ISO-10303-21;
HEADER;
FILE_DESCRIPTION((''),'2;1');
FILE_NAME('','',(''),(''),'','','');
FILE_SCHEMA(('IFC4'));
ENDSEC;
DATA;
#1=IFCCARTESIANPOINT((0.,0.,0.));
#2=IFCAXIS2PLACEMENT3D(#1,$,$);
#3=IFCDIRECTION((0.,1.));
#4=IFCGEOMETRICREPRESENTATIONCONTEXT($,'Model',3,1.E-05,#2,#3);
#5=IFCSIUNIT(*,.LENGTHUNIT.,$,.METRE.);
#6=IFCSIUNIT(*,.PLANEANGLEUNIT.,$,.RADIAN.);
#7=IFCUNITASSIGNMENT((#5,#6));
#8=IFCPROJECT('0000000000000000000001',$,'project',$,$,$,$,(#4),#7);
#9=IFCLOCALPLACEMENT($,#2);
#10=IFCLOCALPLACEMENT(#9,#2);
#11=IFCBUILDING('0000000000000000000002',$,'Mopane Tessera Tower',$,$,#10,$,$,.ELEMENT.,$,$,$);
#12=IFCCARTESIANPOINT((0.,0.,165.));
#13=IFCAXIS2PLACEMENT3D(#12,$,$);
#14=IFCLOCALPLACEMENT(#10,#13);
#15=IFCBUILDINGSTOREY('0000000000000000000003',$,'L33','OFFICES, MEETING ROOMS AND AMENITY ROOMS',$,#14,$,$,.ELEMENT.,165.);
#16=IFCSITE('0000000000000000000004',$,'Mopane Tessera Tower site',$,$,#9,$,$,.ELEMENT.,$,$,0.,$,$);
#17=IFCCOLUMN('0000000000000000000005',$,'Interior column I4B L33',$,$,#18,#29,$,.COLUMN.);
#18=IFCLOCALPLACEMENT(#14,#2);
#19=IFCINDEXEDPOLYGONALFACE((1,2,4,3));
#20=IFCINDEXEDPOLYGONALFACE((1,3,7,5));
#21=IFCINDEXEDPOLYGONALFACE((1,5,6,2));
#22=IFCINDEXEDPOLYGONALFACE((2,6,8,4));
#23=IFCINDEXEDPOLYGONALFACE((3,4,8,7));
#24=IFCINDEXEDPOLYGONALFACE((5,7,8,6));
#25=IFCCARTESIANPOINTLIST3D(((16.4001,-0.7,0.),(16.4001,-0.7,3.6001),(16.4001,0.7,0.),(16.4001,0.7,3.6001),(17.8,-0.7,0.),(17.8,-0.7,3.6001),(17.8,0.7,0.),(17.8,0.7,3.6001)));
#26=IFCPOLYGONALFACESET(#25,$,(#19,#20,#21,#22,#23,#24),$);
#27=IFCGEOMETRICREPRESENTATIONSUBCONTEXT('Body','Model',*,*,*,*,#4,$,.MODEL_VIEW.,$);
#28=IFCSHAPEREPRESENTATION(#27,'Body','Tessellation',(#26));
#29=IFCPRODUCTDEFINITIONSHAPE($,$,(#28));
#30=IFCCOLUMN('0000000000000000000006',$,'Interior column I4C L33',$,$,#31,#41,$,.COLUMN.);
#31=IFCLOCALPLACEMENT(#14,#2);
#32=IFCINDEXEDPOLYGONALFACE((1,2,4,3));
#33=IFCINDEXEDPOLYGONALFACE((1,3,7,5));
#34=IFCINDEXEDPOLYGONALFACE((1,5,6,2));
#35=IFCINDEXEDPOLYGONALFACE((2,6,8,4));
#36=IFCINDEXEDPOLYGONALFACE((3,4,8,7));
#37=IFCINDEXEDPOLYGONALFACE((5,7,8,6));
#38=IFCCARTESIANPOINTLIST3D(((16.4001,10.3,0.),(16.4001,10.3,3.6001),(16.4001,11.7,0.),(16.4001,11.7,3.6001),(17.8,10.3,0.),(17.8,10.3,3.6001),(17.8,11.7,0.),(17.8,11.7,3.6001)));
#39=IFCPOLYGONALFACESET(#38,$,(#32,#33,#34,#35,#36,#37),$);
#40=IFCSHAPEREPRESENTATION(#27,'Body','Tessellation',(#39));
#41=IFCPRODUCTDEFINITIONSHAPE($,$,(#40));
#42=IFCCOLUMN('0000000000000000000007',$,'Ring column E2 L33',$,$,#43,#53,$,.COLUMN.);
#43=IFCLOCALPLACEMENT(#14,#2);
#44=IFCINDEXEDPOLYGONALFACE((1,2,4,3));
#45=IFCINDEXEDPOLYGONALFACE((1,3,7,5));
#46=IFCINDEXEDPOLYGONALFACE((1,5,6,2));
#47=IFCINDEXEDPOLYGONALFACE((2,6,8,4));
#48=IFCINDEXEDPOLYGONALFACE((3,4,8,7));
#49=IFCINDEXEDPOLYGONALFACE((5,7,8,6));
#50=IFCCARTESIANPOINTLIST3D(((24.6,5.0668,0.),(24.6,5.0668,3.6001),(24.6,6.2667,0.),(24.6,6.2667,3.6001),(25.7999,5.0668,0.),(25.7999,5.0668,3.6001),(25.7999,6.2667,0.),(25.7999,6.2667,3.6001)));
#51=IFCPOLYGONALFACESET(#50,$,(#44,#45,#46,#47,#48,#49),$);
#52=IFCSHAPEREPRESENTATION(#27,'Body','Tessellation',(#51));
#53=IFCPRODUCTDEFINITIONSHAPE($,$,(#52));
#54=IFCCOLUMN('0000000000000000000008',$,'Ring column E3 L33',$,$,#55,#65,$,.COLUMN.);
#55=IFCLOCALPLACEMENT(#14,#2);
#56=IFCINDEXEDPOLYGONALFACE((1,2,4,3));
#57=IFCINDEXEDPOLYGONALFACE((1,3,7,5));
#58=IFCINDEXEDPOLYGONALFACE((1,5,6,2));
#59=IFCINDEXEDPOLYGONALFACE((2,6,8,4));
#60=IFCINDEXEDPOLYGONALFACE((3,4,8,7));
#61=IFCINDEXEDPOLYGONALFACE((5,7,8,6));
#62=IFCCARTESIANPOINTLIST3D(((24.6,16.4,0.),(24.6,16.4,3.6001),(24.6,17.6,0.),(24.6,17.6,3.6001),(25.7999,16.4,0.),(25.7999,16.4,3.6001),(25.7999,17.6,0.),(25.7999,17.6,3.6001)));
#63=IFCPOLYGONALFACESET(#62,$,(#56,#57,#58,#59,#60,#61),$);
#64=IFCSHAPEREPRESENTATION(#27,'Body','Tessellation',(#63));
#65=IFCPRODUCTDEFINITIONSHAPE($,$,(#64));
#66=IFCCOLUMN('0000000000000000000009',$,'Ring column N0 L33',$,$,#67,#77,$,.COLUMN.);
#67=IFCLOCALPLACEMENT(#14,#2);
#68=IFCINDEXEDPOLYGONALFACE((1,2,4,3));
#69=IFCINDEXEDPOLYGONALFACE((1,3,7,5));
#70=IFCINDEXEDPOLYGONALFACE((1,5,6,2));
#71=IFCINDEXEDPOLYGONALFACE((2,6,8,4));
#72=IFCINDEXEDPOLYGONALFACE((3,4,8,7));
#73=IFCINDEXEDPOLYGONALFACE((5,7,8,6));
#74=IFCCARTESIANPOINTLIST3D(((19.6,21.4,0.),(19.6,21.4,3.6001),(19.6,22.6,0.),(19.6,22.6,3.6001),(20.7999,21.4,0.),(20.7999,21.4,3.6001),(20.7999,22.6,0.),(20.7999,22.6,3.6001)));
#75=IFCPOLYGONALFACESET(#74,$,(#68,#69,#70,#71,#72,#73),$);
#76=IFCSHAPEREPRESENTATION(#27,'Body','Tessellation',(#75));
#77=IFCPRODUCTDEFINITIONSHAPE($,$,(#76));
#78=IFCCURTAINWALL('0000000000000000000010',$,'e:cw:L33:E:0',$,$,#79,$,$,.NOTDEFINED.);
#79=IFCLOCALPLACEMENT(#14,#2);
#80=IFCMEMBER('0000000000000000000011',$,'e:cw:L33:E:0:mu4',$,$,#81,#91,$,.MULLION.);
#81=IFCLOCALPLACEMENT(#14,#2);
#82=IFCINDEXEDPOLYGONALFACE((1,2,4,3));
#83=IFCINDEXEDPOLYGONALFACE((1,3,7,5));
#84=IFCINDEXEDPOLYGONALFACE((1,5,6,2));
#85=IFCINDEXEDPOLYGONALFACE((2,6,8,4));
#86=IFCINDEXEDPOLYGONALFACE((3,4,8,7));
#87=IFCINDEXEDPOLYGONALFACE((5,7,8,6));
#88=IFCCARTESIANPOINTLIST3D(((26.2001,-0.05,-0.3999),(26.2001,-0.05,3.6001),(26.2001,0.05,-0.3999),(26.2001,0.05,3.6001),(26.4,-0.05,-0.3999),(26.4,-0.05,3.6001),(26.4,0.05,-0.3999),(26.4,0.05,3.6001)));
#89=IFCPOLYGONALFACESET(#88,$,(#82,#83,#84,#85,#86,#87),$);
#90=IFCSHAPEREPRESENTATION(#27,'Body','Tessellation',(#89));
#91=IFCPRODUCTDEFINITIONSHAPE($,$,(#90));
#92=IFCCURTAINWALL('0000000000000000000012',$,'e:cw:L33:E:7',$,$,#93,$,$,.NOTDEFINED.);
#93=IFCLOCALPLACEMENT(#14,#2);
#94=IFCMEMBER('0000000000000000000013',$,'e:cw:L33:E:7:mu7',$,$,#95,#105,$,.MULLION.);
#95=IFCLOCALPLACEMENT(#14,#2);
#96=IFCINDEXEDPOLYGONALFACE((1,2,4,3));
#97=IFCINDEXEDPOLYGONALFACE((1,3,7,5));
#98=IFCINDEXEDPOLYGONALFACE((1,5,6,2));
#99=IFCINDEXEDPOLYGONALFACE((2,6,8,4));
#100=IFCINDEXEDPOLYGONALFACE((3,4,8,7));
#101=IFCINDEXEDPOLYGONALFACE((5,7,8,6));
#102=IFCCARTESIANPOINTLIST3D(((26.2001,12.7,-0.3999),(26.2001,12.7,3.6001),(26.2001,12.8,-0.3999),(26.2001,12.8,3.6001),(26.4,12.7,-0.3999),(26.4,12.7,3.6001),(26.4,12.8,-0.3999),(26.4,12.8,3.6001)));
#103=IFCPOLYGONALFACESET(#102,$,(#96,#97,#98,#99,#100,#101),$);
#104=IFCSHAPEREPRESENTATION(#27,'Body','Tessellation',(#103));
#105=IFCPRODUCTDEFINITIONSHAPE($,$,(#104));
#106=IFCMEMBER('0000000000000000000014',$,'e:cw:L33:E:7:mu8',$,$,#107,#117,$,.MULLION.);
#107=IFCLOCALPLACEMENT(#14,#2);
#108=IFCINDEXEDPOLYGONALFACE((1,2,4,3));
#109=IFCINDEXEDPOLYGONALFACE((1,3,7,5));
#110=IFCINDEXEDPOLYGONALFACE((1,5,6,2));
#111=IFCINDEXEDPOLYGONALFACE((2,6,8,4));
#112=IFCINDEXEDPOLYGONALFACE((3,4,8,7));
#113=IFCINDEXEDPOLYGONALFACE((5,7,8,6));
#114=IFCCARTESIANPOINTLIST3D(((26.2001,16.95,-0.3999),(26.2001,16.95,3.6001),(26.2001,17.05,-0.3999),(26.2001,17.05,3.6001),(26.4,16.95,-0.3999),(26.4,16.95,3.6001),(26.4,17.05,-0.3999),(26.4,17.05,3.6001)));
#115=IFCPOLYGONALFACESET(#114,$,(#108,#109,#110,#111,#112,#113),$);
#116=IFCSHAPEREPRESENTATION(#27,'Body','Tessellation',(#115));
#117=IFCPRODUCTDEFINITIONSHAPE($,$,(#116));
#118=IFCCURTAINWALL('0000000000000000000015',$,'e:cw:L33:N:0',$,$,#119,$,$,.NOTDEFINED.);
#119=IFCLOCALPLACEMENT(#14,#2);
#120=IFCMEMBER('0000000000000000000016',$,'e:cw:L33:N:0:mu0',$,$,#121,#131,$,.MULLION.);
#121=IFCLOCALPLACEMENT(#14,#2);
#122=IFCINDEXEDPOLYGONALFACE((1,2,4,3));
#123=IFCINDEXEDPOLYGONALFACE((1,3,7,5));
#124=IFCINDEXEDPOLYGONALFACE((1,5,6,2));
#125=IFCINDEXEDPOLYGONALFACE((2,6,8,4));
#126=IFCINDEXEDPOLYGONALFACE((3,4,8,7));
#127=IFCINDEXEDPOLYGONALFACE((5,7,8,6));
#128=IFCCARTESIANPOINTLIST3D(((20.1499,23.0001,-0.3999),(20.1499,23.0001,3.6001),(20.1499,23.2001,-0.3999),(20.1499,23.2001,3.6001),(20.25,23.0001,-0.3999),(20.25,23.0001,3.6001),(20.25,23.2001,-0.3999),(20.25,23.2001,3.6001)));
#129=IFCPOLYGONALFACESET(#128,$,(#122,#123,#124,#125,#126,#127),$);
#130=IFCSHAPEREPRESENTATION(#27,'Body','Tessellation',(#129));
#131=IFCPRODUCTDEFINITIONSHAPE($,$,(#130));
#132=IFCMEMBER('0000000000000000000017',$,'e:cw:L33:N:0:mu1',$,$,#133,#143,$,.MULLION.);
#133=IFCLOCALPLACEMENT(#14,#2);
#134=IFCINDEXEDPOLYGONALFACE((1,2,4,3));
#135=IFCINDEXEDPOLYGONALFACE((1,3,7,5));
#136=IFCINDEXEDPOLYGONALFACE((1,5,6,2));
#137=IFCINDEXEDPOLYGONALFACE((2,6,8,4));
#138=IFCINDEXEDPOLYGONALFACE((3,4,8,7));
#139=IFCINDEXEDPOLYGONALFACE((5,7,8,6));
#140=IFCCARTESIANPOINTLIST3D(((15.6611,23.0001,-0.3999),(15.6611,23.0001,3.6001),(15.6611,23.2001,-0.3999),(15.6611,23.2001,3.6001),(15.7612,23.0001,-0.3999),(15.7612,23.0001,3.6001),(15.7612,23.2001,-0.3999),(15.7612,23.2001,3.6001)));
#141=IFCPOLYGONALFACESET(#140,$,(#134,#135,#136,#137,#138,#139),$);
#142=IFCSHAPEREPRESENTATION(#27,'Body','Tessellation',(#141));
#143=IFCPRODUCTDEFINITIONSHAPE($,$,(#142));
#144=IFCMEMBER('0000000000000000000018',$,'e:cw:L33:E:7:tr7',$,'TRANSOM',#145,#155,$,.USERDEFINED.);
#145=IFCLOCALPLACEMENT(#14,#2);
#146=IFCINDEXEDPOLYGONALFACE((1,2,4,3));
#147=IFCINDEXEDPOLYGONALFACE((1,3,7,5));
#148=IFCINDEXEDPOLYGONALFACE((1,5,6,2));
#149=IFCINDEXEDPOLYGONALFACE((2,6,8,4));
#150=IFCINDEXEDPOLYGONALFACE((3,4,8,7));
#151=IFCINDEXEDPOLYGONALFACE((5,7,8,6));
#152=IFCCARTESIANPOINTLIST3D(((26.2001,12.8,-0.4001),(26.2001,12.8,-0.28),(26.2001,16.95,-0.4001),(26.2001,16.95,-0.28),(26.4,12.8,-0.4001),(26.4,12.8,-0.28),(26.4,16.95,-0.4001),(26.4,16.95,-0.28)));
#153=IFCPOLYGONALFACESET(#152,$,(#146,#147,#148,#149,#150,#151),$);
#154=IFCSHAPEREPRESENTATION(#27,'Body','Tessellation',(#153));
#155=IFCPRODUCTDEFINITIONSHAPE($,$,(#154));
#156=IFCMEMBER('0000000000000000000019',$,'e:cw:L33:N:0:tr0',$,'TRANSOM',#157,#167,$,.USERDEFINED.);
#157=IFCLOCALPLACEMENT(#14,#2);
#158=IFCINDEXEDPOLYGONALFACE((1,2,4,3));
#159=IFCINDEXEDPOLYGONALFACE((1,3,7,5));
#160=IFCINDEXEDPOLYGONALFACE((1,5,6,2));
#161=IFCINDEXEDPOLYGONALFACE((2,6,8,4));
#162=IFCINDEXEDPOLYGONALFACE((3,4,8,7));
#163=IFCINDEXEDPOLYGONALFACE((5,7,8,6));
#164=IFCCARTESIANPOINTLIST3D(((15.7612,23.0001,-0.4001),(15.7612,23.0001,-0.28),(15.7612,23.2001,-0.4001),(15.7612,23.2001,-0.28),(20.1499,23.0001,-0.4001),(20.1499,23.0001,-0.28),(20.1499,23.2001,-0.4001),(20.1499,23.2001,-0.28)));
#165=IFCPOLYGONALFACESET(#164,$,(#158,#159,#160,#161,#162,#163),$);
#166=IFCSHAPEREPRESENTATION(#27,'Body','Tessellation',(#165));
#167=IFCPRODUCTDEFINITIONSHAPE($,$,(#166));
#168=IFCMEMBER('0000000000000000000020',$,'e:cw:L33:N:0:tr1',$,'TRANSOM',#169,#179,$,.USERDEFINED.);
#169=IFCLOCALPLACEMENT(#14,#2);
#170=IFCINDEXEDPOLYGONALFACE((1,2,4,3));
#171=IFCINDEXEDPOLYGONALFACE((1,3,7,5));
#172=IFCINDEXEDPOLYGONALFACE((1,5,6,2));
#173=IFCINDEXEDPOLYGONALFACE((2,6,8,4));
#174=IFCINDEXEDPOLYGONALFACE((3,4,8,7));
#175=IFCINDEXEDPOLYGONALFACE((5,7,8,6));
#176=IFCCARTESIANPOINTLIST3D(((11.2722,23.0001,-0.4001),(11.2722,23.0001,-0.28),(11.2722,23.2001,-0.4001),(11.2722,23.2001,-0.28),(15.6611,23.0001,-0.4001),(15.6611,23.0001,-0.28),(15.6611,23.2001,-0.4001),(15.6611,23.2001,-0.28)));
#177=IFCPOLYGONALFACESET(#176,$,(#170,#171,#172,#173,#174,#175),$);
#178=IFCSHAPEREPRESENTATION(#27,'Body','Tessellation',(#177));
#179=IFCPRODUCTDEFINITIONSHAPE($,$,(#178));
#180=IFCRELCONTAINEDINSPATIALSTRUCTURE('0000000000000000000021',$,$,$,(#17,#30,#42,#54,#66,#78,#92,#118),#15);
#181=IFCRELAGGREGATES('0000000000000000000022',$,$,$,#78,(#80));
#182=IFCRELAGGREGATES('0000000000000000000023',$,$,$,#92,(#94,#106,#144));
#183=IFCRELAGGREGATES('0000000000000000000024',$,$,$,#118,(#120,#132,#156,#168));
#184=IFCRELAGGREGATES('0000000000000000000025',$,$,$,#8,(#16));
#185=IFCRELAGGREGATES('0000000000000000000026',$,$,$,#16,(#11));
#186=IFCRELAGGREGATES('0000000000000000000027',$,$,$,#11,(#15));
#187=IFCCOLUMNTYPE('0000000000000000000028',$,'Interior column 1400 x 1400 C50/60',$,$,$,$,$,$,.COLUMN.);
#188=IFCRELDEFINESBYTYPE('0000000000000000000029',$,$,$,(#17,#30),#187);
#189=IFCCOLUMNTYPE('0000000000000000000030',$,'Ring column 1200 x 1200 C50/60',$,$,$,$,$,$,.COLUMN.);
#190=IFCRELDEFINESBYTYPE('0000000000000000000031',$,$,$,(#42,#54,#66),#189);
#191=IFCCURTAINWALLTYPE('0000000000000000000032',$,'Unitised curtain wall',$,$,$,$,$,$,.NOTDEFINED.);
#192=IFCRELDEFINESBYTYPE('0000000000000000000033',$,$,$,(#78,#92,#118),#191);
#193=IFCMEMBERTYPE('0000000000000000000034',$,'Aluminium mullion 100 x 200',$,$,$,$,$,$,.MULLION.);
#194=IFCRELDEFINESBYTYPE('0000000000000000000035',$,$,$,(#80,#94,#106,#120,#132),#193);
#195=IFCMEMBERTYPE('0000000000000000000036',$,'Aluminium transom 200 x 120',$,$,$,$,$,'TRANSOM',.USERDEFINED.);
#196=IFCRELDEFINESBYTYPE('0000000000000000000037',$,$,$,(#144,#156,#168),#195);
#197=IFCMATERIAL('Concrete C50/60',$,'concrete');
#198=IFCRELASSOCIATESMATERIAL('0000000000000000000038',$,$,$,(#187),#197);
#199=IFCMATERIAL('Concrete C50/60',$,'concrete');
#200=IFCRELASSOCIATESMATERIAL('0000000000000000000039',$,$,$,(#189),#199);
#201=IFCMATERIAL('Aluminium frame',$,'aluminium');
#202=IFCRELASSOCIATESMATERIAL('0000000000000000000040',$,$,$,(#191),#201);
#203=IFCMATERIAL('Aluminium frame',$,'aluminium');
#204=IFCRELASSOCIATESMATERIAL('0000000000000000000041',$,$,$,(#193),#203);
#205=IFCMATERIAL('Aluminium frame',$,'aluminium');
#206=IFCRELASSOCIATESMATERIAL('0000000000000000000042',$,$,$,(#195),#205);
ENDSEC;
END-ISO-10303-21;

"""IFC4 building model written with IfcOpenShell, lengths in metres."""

from ifc_helpers import new_model, si_unit, direction, frame, origin, origin_2d, place, context, subcontext, project, spatial, rectangle, extrude, material, material_profile, profile_set, type_object, element, aggregate, save


model = new_model("IFC4")

# Units and contexts
model_context = context("Model", 3, precision=1e-05, world=origin(), true_north=direction((0.0, 1.0)))
body_context = subcontext(model_context, "Body", "Model", "MODEL_VIEW")
ifc_project = project(units=[si_unit("LENGTHUNIT", "METRE"), si_unit("PLANEANGLEUNIT", "RADIAN")], contexts=[model_context])

# Site, building, storey
site_placement = place(None, origin())
site = spatial("IfcSite", under=ifc_project, at=site_placement, Name="Mopane Tessera Tower site", CompositionType="ELEMENT", RefElevation=0.0)
building_placement = place(site_placement, origin())
building = spatial("IfcBuilding", under=site, at=building_placement, Name="Mopane Tessera Tower", CompositionType="ELEMENT")
storey_placement = place(building_placement, frame((0.0, 0.0, 165.0)))
storey = spatial("IfcBuildingStorey", under=building, at=storey_placement, Name="L33", Description="OFFICES, MEETING ROOMS AND AMENITY ROOMS", CompositionType="ELEMENT", Elevation=165.0)

# Columns
ifc_material_1 = material(Name="Concrete C50/60", Category="concrete")
ifc_material_profile_1 = material_profile(ifc_material_1, rectangle(XDim=1.3999, YDim=1.3999, at=origin_2d()))
ifc_profile_set_1 = profile_set([ifc_material_profile_1], Name="Concrete C50/60")
column_type_1 = type_object("IfcColumnType", Name="Interior column 1400 x 1400 C50/60", PredefinedType="COLUMN", material=ifc_profile_set_1)
for number, where, z_axis, x_axis, name in (
    (1, (17.1001, 0.0, 0.0), (0.0, 0.0, 1.0), (1.0, 0.0, 0.0), "Interior column I4B L33"),
    (2, (17.1001, 11.0, 0.0), (0.0, 0.0, 1.0), (1.0, 0.0, 0.0), "Interior column I4C L33"),
):
    element("IfcColumn", number, at=place(storey_placement, frame(where, z_axis=z_axis, x_axis=x_axis)), inside=storey, type_object=column_type_1, Name=name, PredefinedType="COLUMN", context=body_context, shape_type="SweptSolid", body=[
        extrude(rectangle(XDim=1.3999, YDim=1.3999, at=origin_2d()), origin(), (0.0, 0.0, 1.0), 3.6001),
    ])
ifc_material_2 = material(Name="Concrete C50/60", Category="concrete")
ifc_material_profile_2 = material_profile(ifc_material_2, rectangle(XDim=1.2, YDim=1.2, at=origin_2d()))
ifc_profile_set_2 = profile_set([ifc_material_profile_2], Name="Concrete C50/60")
column_type_2 = type_object("IfcColumnType", Name="Ring column 1200 x 1200 C50/60", PredefinedType="COLUMN", material=ifc_profile_set_2)
for number, where, z_axis, x_axis, name in (
    (3, (25.2, 5.6667, 0.0), (0.0, 0.0, 1.0), (1.0, 0.0, 0.0), "Ring column E2 L33"),
    (4, (25.2, 17.0, 0.0), (0.0, 0.0, 1.0), (1.0, 0.0, 0.0), "Ring column E3 L33"),
    (5, (20.2, 22.0, 0.0), (0.0, 0.0, 1.0), (1.0, 0.0, 0.0), "Ring column N0 L33"),
):
    element("IfcColumn", number, at=place(storey_placement, frame(where, z_axis=z_axis, x_axis=x_axis)), inside=storey, type_object=column_type_2, Name=name, PredefinedType="COLUMN", context=body_context, shape_type="SweptSolid", body=[
        extrude(rectangle(XDim=1.2, YDim=1.2, at=origin_2d()), origin(), (0.0, 0.0, 1.0), 3.6001),
    ])

# Curtain wall, member
ifc_material_3 = material(Name="Aluminium frame", Category="aluminium")
curtain_wall_type = type_object("IfcCurtainWallType", Name="Unitised curtain wall", PredefinedType="NOTDEFINED", material=ifc_material_3)
curtain_wall_1_placement = place(storey_placement, origin())
curtain_wall_1 = element("IfcCurtainWall", 6, at=curtain_wall_1_placement, inside=storey, type_object=curtain_wall_type, Name="e:cw:L33:E:0", PredefinedType="NOTDEFINED")
ifc_material_4 = material(Name="Aluminium frame", Category="aluminium")
ifc_material_profile_3 = material_profile(ifc_material_4, rectangle(XDim=0.1001, YDim=0.2, at=origin_2d()))
ifc_profile_set_3 = profile_set([ifc_material_profile_3], Name="Aluminium frame")
member_type_1 = type_object("IfcMemberType", Name="Aluminium mullion 100 x 200", PredefinedType="MULLION", material=ifc_profile_set_3)
member_1_placement = place(storey_placement, frame((26.3, 0.0, -0.3999), z_axis=(0.0, 0.0, 1.0), x_axis=(0.0, 1.0, 0.0)))
member_1 = element("IfcMember", 7, at=member_1_placement, type_object=member_type_1, Name="e:cw:L33:E:0:mu4", PredefinedType="MULLION", context=body_context, shape_type="SweptSolid", body=[
    extrude(rectangle(XDim=0.1001, YDim=0.2, at=origin_2d()), origin(), (0.0, 0.0, 1.0), 4.0),
])
aggregate(curtain_wall_1, [member_1])

# Curtain walls, members
curtain_wall_2_placement = place(storey_placement, origin())
curtain_wall_2 = element("IfcCurtainWall", 8, at=curtain_wall_2_placement, inside=storey, type_object=curtain_wall_type, Name="e:cw:L33:E:7", PredefinedType="NOTDEFINED")
member_2_placement = place(storey_placement, frame((26.3, 12.75, -0.3999), z_axis=(0.0, 0.0, 1.0), x_axis=(0.0, 1.0, 0.0)))
member_2 = element("IfcMember", 9, at=member_2_placement, type_object=member_type_1, Name="e:cw:L33:E:7:mu7", PredefinedType="MULLION", context=body_context, shape_type="SweptSolid", body=[
    extrude(rectangle(XDim=0.1001, YDim=0.2, at=origin_2d()), origin(), (0.0, 0.0, 1.0), 4.0),
])
member_3_placement = place(storey_placement, frame((26.3, 17.0, -0.3999), z_axis=(0.0, 0.0, 1.0), x_axis=(0.0, 1.0, 0.0)))
member_3 = element("IfcMember", 10, at=member_3_placement, type_object=member_type_1, Name="e:cw:L33:E:7:mu8", PredefinedType="MULLION", context=body_context, shape_type="SweptSolid", body=[
    extrude(rectangle(XDim=0.1001, YDim=0.2, at=origin_2d()), origin(), (0.0, 0.0, 1.0), 4.0),
])
curtain_wall_3_placement = place(storey_placement, origin())
curtain_wall_3 = element("IfcCurtainWall", 11, at=curtain_wall_3_placement, inside=storey, type_object=curtain_wall_type, Name="e:cw:L33:N:0", PredefinedType="NOTDEFINED")
member_4_placement = place(storey_placement, frame((20.2, 23.1001, -0.3999), z_axis=(0.0, 0.0, 1.0), x_axis=(-1.0, 0.0, 0.0)))
member_4 = element("IfcMember", 12, at=member_4_placement, type_object=member_type_1, Name="e:cw:L33:N:0:mu0", PredefinedType="MULLION", context=body_context, shape_type="SweptSolid", body=[
    extrude(rectangle(XDim=0.1001, YDim=0.2, at=origin_2d()), origin(), (0.0, 0.0, 1.0), 4.0),
])
member_5_placement = place(storey_placement, frame((15.7112, 23.1001, -0.3999), z_axis=(0.0, 0.0, 1.0), x_axis=(-1.0, 0.0, 0.0)))
member_5 = element("IfcMember", 13, at=member_5_placement, type_object=member_type_1, Name="e:cw:L33:N:0:mu1", PredefinedType="MULLION", context=body_context, shape_type="SweptSolid", body=[
    extrude(rectangle(XDim=0.1001, YDim=0.2, at=origin_2d()), origin(), (0.0, 0.0, 1.0), 4.0),
])

# Members
ifc_material_5 = material(Name="Aluminium frame", Category="aluminium")
ifc_material_profile_4 = material_profile(ifc_material_5, rectangle(XDim=0.2, YDim=0.1201, at=origin_2d()))
ifc_profile_set_4 = profile_set([ifc_material_profile_4], Name="Aluminium frame")
member_type_2 = type_object("IfcMemberType", Name="Aluminium transom 200 x 120", ElementType="TRANSOM", PredefinedType="USERDEFINED", material=ifc_profile_set_4)
member_6_placement = place(storey_placement, frame((26.3, 12.8, -0.3401), z_axis=(0.0, 1.0, 0.0), x_axis=(-1.0, 0.0, 0.0)))
member_6 = element("IfcMember", 14, at=member_6_placement, type_object=member_type_2, Name="e:cw:L33:E:7:tr7", ObjectType="TRANSOM", PredefinedType="USERDEFINED", context=body_context, shape_type="SweptSolid", body=[
    extrude(rectangle(XDim=0.2, YDim=0.1201, at=origin_2d()), origin(), (0.0, 0.0, 1.0), 4.1499),
])
member_7_placement = place(storey_placement, frame((20.1499, 23.1001, -0.3401), z_axis=(-1.0, 0.0, 0.0), x_axis=(0.0, -1.0, 0.0)))
member_7 = element("IfcMember", 15, at=member_7_placement, type_object=member_type_2, Name="e:cw:L33:N:0:tr0", ObjectType="TRANSOM", PredefinedType="USERDEFINED", context=body_context, shape_type="SweptSolid", body=[
    extrude(rectangle(XDim=0.2, YDim=0.1201, at=origin_2d()), origin(), (0.0, 0.0, 1.0), 4.3887),
])
member_8_placement = place(storey_placement, frame((15.6611, 23.1001, -0.3401), z_axis=(-1.0, 0.0, 0.0), x_axis=(0.0, -1.0, 0.0)))
member_8 = element("IfcMember", 16, at=member_8_placement, type_object=member_type_2, Name="e:cw:L33:N:0:tr1", ObjectType="TRANSOM", PredefinedType="USERDEFINED", context=body_context, shape_type="SweptSolid", body=[
    extrude(rectangle(XDim=0.2, YDim=0.1201, at=origin_2d()), origin(), (0.0, 0.0, 1.0), 4.3889),
])

aggregate(curtain_wall_2, [member_2, member_3, member_6])
aggregate(curtain_wall_3, [member_4, member_5, member_7, member_8])

save(model, "model.ifc")
